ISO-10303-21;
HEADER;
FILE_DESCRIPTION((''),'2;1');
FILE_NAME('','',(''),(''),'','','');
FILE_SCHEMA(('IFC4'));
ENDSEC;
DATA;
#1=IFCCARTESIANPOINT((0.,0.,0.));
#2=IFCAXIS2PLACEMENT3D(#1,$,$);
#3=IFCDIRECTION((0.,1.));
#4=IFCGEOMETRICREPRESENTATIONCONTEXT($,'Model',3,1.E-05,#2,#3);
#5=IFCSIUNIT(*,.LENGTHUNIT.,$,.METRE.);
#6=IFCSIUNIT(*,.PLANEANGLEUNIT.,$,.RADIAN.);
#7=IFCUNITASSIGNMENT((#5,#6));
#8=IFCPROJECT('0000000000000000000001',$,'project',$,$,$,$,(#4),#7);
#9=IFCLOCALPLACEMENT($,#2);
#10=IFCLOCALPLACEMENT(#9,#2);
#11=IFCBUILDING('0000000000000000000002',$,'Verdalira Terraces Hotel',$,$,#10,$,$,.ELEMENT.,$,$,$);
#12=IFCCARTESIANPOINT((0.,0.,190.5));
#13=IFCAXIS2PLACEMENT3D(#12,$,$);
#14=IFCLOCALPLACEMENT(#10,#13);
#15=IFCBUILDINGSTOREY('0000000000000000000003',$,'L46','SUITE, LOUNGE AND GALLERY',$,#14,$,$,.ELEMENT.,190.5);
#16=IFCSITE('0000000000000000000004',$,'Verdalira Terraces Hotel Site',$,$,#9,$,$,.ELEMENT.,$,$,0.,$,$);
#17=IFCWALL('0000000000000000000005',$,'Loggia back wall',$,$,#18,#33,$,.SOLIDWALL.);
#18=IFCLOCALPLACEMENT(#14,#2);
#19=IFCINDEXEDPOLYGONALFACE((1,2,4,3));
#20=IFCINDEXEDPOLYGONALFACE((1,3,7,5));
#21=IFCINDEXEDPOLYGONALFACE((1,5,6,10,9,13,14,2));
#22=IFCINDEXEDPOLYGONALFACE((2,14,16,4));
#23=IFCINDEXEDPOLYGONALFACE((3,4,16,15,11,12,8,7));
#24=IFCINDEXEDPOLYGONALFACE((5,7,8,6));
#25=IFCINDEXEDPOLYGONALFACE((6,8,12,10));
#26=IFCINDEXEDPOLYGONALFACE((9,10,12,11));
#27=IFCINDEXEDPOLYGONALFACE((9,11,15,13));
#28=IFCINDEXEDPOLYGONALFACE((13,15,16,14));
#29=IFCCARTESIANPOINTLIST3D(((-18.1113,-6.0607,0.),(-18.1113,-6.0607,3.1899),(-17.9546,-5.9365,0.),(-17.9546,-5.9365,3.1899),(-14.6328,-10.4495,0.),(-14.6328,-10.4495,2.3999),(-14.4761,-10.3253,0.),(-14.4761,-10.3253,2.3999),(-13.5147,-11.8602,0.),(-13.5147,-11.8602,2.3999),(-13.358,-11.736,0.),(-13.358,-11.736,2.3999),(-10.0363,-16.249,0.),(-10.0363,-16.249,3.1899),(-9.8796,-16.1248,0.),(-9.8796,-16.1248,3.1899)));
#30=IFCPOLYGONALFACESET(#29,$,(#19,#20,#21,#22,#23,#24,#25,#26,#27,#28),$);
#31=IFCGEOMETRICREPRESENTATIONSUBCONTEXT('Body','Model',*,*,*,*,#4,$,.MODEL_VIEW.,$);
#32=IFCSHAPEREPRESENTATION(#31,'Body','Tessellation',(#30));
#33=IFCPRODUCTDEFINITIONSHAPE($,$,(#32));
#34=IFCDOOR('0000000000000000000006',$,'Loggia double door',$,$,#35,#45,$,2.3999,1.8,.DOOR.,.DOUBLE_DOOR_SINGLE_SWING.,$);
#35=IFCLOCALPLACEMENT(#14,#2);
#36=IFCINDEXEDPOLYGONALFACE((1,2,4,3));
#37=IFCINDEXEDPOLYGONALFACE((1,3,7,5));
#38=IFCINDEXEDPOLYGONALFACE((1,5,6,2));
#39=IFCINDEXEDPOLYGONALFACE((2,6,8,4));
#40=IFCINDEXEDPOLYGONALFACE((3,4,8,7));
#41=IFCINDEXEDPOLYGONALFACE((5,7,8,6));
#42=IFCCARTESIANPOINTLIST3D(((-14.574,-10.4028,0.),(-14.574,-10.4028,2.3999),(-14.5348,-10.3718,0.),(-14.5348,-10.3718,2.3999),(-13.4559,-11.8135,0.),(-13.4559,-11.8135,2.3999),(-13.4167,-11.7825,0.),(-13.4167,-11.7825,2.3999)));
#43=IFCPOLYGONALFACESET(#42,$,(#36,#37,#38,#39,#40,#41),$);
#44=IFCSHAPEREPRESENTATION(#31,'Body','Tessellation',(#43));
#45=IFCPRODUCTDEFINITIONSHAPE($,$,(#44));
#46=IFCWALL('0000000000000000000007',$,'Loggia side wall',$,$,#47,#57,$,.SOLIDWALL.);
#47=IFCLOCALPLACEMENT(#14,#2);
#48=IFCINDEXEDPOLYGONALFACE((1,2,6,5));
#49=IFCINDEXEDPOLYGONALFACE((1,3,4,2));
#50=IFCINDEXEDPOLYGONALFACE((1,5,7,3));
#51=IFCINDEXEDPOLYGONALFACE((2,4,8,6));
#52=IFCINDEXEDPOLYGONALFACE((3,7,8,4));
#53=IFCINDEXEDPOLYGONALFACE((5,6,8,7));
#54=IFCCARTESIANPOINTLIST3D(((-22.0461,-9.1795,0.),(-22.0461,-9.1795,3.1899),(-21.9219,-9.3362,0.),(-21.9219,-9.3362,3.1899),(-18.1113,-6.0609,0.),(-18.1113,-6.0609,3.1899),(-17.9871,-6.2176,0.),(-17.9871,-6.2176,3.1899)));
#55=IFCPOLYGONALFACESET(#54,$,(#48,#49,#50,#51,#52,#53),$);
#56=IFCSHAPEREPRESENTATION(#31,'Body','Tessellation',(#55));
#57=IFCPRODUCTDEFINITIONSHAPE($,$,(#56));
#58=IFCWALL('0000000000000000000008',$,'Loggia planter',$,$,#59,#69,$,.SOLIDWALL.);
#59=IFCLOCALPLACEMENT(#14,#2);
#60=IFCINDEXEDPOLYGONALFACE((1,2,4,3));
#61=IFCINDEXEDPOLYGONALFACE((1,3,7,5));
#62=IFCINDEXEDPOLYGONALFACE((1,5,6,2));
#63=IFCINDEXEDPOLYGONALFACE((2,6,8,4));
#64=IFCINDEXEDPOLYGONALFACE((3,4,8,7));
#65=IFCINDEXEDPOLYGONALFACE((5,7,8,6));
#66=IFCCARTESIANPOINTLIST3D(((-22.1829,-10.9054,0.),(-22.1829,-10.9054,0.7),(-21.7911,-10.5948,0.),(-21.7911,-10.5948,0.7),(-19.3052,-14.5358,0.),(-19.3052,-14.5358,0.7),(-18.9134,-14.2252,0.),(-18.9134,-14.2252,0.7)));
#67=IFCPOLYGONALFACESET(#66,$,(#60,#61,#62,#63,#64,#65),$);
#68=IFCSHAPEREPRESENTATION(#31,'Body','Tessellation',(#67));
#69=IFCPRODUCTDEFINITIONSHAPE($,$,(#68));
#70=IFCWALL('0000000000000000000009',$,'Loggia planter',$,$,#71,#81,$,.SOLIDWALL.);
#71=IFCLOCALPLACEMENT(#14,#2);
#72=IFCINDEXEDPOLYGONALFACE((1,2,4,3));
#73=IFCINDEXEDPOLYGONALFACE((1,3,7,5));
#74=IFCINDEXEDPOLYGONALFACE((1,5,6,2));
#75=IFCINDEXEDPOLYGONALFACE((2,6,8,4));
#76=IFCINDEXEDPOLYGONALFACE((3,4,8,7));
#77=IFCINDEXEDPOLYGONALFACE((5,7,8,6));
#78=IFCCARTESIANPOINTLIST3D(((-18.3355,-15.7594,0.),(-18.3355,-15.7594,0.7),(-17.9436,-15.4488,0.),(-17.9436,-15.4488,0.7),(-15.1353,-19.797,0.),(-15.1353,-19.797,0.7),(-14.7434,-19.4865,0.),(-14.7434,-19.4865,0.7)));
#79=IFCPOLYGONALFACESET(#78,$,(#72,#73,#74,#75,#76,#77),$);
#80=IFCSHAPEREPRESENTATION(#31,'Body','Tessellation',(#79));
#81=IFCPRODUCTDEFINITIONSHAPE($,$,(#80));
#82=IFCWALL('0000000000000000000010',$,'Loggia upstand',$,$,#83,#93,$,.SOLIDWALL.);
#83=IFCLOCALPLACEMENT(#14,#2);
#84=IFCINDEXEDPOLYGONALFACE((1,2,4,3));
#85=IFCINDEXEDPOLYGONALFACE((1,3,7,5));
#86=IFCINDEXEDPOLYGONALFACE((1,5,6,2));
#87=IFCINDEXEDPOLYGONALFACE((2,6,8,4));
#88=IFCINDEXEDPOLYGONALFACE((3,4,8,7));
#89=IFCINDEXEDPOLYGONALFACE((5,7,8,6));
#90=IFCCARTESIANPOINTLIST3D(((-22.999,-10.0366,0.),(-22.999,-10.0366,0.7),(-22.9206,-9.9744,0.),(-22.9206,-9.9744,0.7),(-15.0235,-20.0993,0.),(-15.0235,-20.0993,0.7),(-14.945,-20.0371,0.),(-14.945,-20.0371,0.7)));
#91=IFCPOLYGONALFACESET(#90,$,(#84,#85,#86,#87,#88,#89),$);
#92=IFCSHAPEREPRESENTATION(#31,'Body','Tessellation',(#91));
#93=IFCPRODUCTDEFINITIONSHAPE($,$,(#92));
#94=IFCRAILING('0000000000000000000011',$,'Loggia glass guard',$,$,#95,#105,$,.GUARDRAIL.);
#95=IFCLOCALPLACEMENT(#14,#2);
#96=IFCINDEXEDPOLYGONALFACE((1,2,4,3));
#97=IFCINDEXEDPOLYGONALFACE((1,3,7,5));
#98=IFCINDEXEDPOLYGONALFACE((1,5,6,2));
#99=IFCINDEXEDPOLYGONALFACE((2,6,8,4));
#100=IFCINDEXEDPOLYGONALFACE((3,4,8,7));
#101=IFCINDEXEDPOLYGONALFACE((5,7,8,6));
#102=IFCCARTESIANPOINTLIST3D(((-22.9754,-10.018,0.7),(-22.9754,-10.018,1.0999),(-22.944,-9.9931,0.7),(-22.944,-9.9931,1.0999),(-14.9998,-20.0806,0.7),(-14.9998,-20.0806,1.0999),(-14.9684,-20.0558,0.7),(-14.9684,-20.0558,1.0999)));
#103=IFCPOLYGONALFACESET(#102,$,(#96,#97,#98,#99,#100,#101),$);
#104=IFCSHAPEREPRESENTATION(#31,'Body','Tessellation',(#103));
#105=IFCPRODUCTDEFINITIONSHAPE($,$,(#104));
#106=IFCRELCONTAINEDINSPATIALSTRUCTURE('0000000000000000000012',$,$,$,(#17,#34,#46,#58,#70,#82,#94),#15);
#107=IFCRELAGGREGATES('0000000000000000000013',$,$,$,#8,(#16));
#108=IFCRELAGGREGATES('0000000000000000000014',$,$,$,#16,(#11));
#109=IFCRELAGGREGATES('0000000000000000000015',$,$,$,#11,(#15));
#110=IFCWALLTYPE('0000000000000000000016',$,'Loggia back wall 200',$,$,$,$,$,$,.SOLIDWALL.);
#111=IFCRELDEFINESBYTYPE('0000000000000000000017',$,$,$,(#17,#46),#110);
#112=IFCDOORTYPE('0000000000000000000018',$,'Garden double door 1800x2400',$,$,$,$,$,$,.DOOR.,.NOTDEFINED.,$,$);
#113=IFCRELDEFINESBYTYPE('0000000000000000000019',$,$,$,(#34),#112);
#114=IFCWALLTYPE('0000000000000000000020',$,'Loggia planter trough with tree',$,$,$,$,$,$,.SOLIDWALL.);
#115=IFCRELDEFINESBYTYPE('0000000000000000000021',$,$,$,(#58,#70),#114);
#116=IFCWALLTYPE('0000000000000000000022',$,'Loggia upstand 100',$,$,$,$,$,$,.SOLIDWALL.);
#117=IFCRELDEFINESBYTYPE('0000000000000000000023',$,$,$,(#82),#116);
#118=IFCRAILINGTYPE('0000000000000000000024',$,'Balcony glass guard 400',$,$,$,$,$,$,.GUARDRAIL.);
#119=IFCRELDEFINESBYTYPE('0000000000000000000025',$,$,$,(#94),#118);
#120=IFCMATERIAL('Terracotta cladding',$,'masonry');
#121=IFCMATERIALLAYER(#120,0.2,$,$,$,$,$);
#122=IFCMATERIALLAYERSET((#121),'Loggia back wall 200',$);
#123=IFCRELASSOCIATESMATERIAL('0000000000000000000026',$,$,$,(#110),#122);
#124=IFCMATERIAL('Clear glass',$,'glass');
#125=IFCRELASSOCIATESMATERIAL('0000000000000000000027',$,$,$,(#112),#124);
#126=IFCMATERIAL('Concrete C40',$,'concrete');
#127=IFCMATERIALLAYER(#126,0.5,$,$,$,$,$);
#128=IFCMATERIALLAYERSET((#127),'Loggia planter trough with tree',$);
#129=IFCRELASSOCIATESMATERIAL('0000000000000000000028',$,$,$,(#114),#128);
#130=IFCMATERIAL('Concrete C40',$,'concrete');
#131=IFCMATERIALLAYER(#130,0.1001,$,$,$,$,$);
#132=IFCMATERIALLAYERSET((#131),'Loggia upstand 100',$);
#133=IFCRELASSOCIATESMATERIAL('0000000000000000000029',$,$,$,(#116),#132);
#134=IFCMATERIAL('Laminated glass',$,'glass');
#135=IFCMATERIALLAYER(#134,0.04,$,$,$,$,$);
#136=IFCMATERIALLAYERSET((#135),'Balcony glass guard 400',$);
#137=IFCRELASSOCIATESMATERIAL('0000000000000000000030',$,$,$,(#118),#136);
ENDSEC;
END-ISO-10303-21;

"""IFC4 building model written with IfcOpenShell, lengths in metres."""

from ifc_helpers import new_model, si_unit, direction, frame, frame_2d, origin, origin_2d, place, context, subcontext, project, spatial, rectangle, extrude, material, layer, layer_set, type_object, element, fill, save


model = new_model("IFC4")

# Units and contexts
model_context = context("Model", 3, precision=1e-05, world=origin(), true_north=direction((0.0, 1.0)))
body_context = subcontext(model_context, "Body", "Model", "MODEL_VIEW")
ifc_project = project(units=[si_unit("LENGTHUNIT", "METRE"), si_unit("PLANEANGLEUNIT", "RADIAN")], contexts=[model_context])

# Site, building, storey
site_placement = place(None, origin())
site = spatial("IfcSite", under=ifc_project, at=site_placement, Name="Verdalira Terraces Hotel Site", CompositionType="ELEMENT", RefElevation=0.0)
building_placement = place(site_placement, origin())
building = spatial("IfcBuilding", under=site, at=building_placement, Name="Verdalira Terraces Hotel", CompositionType="ELEMENT")
storey_placement = place(building_placement, frame((0.0, 0.0, 190.5)))
storey = spatial("IfcBuildingStorey", under=building, at=storey_placement, Name="L46", Description="SUITE, LOUNGE AND GALLERY", CompositionType="ELEMENT", Elevation=190.5)

# Wall, opening, door
ifc_material_1 = material(Name="Terracotta cladding", Category="masonry")
ifc_layer_1 = layer(ifc_material_1, 0.2)
ifc_layer_set_1 = layer_set([ifc_layer_1], Name="Loggia back wall 200")
wall_type_1 = type_object("IfcWallType", Name="Loggia back wall 200", PredefinedType="SOLIDWALL", material=ifc_layer_set_1)
wall_1_placement = place(storey_placement, frame((-9.958, -16.1868, 0.0), z_axis=(0.0, 0.0, 1.0), x_axis=(-0.621141, 0.783699, 0.0)))
wall_1 = element("IfcWall", 1, at=wall_1_placement, inside=storey, type_object=wall_type_1, Name="Loggia back wall", PredefinedType="SOLIDWALL", context=body_context, shape_type="SweptSolid", body=[
    extrude(rectangle(XDim=13.0002, YDim=0.2, at=frame_2d((6.5, 0.0))), origin(), (0.0, 0.0, 1.0), 3.1899),
])
opening_1_placement = place(wall_1_placement, frame((5.6001, 0.0, 0.0)))
opening_1 = element("IfcOpeningElement", 2, at=opening_1_placement, cuts=wall_1, PredefinedType="OPENING", context=body_context, shape_type="SweptSolid", body=[
    extrude(rectangle(XDim=1.8, YDim=2.3999, at=frame_2d((0.8999, 1.2))), frame((0.0, 0.1099, 0.0), z_axis=(0.0, -1.0, 0.0), x_axis=(1.0, 0.0, 0.0)), (0.0, 0.0, 1.0), 0.22),
])
ifc_material_2 = material(Name="Clear glass", Category="glass")
door_type_1 = type_object("IfcDoorType", Name="Garden double door 1800x2400", OperationType="NOTDEFINED", PredefinedType="DOOR", material=ifc_material_2)
door_1_placement = place(opening_1_placement, origin())
door_1 = element("IfcDoor", 3, at=door_1_placement, inside=storey, type_object=door_type_1, Name="Loggia double door", OperationType="DOUBLE_DOOR_SINGLE_SWING", OverallHeight=2.3999, OverallWidth=1.8, PredefinedType="DOOR", context=body_context, shape_type="SweptSolid", body=[
    extrude(rectangle(XDim=1.8, YDim=2.3999, at=frame_2d((0.8999, 1.2))), frame((0.0, 0.0249, 0.0), z_axis=(0.0, -1.0, 0.0), x_axis=(1.0, 0.0, 0.0)), (0.0, 0.0, 1.0), 0.05),
])
fill(opening_1, door_1)

# Walls
wall_2_placement = place(storey_placement, frame((-21.9839, -9.2578, 0.0), z_axis=(0.0, 0.0, 1.0), x_axis=(0.783698, 0.621143, 0.0)))
element("IfcWall", 4, at=wall_2_placement, inside=storey, type_object=wall_type_1, Name="Loggia side wall", PredefinedType="SOLIDWALL", context=body_context, shape_type="SweptSolid", body=[
    extrude(rectangle(XDim=5.0208, YDim=0.2, at=frame_2d((2.5103, 0.0))), origin(), (0.0, 0.0, 1.0), 3.1899),
])
ifc_material_3 = material(Name="Concrete C40", Category="concrete")
ifc_layer_2 = layer(ifc_material_3, 0.5)
ifc_layer_set_2 = layer_set([ifc_layer_2], Name="Loggia planter trough with tree")
wall_type_2 = type_object("IfcWallType", Name="Loggia planter trough with tree", PredefinedType="SOLIDWALL", material=ifc_layer_set_2)
wall_3_placement = place(storey_placement, frame((-21.9871, -10.75, 0.0), z_axis=(0.0, 0.0, 1.0), x_axis=(0.621186, -0.783663, 0.0)))
element("IfcWall", 5, at=wall_3_placement, inside=storey, type_object=wall_type_2, Name="Loggia planter", PredefinedType="SOLIDWALL", context=body_context, shape_type="SweptSolid", body=[
    extrude(rectangle(XDim=4.6326, YDim=0.5, at=frame_2d((2.3164, 0.0))), origin(), (0.0, 0.0, 1.0), 0.7),
])
wall_4_placement = place(storey_placement, frame((-18.1396, -15.604, 0.0), z_axis=(0.0, 0.0, 1.0), x_axis=(0.621152, -0.78369, 0.0)))
element("IfcWall", 6, at=wall_4_placement, inside=storey, type_object=wall_type_2, Name="Loggia planter", PredefinedType="SOLIDWALL", context=body_context, shape_type="SweptSolid", body=[
    extrude(rectangle(XDim=5.1521, YDim=0.5, at=frame_2d((2.5762, 0.0))), origin(), (0.0, 0.0, 1.0), 0.7),
])
ifc_material_4 = material(Name="Concrete C40", Category="concrete")
ifc_layer_3 = layer(ifc_material_4, 0.1001)
ifc_layer_set_3 = layer_set([ifc_layer_3], Name="Loggia upstand 100")
wall_type_3 = type_object("IfcWallType", Name="Loggia upstand 100", PredefinedType="SOLIDWALL", material=ifc_layer_set_3)
wall_5_placement = place(storey_placement, frame((-22.9597, -10.0056, 0.0), z_axis=(0.0, 0.0, 1.0), x_axis=(0.621146, -0.783695, 0.0)))
element("IfcWall", 7, at=wall_5_placement, inside=storey, type_object=wall_type_3, Name="Loggia upstand", PredefinedType="SOLIDWALL", context=body_context, shape_type="SweptSolid", body=[
    extrude(rectangle(XDim=12.8401, YDim=0.1001, at=frame_2d((6.4199, 0.0))), origin(), (0.0, 0.0, 1.0), 0.7),
])

# Railing
ifc_material_5 = material(Name="Laminated glass", Category="glass")
ifc_layer_4 = layer(ifc_material_5, 0.04)
ifc_layer_set_4 = layer_set([ifc_layer_4], Name="Balcony glass guard 400")
railing_type_1 = type_object("IfcRailingType", Name="Balcony glass guard 400", PredefinedType="GUARDRAIL", material=ifc_layer_set_4)
railing_1_placement = place(storey_placement, frame((-18.9719, -15.0369, 0.7), z_axis=(0.0, 0.0, 1.0), x_axis=(0.621148, -0.783693, 0.0)))
element("IfcRailing", 8, at=railing_1_placement, inside=storey, type_object=railing_type_1, Name="Loggia glass guard", PredefinedType="GUARDRAIL", context=body_context, shape_type="SweptSolid", body=[
    extrude(rectangle(XDim=12.8401, YDim=0.04, at=origin_2d()), origin(), (0.0, 0.0, 1.0), 0.3999),
])

save(model, "model.ifc")
